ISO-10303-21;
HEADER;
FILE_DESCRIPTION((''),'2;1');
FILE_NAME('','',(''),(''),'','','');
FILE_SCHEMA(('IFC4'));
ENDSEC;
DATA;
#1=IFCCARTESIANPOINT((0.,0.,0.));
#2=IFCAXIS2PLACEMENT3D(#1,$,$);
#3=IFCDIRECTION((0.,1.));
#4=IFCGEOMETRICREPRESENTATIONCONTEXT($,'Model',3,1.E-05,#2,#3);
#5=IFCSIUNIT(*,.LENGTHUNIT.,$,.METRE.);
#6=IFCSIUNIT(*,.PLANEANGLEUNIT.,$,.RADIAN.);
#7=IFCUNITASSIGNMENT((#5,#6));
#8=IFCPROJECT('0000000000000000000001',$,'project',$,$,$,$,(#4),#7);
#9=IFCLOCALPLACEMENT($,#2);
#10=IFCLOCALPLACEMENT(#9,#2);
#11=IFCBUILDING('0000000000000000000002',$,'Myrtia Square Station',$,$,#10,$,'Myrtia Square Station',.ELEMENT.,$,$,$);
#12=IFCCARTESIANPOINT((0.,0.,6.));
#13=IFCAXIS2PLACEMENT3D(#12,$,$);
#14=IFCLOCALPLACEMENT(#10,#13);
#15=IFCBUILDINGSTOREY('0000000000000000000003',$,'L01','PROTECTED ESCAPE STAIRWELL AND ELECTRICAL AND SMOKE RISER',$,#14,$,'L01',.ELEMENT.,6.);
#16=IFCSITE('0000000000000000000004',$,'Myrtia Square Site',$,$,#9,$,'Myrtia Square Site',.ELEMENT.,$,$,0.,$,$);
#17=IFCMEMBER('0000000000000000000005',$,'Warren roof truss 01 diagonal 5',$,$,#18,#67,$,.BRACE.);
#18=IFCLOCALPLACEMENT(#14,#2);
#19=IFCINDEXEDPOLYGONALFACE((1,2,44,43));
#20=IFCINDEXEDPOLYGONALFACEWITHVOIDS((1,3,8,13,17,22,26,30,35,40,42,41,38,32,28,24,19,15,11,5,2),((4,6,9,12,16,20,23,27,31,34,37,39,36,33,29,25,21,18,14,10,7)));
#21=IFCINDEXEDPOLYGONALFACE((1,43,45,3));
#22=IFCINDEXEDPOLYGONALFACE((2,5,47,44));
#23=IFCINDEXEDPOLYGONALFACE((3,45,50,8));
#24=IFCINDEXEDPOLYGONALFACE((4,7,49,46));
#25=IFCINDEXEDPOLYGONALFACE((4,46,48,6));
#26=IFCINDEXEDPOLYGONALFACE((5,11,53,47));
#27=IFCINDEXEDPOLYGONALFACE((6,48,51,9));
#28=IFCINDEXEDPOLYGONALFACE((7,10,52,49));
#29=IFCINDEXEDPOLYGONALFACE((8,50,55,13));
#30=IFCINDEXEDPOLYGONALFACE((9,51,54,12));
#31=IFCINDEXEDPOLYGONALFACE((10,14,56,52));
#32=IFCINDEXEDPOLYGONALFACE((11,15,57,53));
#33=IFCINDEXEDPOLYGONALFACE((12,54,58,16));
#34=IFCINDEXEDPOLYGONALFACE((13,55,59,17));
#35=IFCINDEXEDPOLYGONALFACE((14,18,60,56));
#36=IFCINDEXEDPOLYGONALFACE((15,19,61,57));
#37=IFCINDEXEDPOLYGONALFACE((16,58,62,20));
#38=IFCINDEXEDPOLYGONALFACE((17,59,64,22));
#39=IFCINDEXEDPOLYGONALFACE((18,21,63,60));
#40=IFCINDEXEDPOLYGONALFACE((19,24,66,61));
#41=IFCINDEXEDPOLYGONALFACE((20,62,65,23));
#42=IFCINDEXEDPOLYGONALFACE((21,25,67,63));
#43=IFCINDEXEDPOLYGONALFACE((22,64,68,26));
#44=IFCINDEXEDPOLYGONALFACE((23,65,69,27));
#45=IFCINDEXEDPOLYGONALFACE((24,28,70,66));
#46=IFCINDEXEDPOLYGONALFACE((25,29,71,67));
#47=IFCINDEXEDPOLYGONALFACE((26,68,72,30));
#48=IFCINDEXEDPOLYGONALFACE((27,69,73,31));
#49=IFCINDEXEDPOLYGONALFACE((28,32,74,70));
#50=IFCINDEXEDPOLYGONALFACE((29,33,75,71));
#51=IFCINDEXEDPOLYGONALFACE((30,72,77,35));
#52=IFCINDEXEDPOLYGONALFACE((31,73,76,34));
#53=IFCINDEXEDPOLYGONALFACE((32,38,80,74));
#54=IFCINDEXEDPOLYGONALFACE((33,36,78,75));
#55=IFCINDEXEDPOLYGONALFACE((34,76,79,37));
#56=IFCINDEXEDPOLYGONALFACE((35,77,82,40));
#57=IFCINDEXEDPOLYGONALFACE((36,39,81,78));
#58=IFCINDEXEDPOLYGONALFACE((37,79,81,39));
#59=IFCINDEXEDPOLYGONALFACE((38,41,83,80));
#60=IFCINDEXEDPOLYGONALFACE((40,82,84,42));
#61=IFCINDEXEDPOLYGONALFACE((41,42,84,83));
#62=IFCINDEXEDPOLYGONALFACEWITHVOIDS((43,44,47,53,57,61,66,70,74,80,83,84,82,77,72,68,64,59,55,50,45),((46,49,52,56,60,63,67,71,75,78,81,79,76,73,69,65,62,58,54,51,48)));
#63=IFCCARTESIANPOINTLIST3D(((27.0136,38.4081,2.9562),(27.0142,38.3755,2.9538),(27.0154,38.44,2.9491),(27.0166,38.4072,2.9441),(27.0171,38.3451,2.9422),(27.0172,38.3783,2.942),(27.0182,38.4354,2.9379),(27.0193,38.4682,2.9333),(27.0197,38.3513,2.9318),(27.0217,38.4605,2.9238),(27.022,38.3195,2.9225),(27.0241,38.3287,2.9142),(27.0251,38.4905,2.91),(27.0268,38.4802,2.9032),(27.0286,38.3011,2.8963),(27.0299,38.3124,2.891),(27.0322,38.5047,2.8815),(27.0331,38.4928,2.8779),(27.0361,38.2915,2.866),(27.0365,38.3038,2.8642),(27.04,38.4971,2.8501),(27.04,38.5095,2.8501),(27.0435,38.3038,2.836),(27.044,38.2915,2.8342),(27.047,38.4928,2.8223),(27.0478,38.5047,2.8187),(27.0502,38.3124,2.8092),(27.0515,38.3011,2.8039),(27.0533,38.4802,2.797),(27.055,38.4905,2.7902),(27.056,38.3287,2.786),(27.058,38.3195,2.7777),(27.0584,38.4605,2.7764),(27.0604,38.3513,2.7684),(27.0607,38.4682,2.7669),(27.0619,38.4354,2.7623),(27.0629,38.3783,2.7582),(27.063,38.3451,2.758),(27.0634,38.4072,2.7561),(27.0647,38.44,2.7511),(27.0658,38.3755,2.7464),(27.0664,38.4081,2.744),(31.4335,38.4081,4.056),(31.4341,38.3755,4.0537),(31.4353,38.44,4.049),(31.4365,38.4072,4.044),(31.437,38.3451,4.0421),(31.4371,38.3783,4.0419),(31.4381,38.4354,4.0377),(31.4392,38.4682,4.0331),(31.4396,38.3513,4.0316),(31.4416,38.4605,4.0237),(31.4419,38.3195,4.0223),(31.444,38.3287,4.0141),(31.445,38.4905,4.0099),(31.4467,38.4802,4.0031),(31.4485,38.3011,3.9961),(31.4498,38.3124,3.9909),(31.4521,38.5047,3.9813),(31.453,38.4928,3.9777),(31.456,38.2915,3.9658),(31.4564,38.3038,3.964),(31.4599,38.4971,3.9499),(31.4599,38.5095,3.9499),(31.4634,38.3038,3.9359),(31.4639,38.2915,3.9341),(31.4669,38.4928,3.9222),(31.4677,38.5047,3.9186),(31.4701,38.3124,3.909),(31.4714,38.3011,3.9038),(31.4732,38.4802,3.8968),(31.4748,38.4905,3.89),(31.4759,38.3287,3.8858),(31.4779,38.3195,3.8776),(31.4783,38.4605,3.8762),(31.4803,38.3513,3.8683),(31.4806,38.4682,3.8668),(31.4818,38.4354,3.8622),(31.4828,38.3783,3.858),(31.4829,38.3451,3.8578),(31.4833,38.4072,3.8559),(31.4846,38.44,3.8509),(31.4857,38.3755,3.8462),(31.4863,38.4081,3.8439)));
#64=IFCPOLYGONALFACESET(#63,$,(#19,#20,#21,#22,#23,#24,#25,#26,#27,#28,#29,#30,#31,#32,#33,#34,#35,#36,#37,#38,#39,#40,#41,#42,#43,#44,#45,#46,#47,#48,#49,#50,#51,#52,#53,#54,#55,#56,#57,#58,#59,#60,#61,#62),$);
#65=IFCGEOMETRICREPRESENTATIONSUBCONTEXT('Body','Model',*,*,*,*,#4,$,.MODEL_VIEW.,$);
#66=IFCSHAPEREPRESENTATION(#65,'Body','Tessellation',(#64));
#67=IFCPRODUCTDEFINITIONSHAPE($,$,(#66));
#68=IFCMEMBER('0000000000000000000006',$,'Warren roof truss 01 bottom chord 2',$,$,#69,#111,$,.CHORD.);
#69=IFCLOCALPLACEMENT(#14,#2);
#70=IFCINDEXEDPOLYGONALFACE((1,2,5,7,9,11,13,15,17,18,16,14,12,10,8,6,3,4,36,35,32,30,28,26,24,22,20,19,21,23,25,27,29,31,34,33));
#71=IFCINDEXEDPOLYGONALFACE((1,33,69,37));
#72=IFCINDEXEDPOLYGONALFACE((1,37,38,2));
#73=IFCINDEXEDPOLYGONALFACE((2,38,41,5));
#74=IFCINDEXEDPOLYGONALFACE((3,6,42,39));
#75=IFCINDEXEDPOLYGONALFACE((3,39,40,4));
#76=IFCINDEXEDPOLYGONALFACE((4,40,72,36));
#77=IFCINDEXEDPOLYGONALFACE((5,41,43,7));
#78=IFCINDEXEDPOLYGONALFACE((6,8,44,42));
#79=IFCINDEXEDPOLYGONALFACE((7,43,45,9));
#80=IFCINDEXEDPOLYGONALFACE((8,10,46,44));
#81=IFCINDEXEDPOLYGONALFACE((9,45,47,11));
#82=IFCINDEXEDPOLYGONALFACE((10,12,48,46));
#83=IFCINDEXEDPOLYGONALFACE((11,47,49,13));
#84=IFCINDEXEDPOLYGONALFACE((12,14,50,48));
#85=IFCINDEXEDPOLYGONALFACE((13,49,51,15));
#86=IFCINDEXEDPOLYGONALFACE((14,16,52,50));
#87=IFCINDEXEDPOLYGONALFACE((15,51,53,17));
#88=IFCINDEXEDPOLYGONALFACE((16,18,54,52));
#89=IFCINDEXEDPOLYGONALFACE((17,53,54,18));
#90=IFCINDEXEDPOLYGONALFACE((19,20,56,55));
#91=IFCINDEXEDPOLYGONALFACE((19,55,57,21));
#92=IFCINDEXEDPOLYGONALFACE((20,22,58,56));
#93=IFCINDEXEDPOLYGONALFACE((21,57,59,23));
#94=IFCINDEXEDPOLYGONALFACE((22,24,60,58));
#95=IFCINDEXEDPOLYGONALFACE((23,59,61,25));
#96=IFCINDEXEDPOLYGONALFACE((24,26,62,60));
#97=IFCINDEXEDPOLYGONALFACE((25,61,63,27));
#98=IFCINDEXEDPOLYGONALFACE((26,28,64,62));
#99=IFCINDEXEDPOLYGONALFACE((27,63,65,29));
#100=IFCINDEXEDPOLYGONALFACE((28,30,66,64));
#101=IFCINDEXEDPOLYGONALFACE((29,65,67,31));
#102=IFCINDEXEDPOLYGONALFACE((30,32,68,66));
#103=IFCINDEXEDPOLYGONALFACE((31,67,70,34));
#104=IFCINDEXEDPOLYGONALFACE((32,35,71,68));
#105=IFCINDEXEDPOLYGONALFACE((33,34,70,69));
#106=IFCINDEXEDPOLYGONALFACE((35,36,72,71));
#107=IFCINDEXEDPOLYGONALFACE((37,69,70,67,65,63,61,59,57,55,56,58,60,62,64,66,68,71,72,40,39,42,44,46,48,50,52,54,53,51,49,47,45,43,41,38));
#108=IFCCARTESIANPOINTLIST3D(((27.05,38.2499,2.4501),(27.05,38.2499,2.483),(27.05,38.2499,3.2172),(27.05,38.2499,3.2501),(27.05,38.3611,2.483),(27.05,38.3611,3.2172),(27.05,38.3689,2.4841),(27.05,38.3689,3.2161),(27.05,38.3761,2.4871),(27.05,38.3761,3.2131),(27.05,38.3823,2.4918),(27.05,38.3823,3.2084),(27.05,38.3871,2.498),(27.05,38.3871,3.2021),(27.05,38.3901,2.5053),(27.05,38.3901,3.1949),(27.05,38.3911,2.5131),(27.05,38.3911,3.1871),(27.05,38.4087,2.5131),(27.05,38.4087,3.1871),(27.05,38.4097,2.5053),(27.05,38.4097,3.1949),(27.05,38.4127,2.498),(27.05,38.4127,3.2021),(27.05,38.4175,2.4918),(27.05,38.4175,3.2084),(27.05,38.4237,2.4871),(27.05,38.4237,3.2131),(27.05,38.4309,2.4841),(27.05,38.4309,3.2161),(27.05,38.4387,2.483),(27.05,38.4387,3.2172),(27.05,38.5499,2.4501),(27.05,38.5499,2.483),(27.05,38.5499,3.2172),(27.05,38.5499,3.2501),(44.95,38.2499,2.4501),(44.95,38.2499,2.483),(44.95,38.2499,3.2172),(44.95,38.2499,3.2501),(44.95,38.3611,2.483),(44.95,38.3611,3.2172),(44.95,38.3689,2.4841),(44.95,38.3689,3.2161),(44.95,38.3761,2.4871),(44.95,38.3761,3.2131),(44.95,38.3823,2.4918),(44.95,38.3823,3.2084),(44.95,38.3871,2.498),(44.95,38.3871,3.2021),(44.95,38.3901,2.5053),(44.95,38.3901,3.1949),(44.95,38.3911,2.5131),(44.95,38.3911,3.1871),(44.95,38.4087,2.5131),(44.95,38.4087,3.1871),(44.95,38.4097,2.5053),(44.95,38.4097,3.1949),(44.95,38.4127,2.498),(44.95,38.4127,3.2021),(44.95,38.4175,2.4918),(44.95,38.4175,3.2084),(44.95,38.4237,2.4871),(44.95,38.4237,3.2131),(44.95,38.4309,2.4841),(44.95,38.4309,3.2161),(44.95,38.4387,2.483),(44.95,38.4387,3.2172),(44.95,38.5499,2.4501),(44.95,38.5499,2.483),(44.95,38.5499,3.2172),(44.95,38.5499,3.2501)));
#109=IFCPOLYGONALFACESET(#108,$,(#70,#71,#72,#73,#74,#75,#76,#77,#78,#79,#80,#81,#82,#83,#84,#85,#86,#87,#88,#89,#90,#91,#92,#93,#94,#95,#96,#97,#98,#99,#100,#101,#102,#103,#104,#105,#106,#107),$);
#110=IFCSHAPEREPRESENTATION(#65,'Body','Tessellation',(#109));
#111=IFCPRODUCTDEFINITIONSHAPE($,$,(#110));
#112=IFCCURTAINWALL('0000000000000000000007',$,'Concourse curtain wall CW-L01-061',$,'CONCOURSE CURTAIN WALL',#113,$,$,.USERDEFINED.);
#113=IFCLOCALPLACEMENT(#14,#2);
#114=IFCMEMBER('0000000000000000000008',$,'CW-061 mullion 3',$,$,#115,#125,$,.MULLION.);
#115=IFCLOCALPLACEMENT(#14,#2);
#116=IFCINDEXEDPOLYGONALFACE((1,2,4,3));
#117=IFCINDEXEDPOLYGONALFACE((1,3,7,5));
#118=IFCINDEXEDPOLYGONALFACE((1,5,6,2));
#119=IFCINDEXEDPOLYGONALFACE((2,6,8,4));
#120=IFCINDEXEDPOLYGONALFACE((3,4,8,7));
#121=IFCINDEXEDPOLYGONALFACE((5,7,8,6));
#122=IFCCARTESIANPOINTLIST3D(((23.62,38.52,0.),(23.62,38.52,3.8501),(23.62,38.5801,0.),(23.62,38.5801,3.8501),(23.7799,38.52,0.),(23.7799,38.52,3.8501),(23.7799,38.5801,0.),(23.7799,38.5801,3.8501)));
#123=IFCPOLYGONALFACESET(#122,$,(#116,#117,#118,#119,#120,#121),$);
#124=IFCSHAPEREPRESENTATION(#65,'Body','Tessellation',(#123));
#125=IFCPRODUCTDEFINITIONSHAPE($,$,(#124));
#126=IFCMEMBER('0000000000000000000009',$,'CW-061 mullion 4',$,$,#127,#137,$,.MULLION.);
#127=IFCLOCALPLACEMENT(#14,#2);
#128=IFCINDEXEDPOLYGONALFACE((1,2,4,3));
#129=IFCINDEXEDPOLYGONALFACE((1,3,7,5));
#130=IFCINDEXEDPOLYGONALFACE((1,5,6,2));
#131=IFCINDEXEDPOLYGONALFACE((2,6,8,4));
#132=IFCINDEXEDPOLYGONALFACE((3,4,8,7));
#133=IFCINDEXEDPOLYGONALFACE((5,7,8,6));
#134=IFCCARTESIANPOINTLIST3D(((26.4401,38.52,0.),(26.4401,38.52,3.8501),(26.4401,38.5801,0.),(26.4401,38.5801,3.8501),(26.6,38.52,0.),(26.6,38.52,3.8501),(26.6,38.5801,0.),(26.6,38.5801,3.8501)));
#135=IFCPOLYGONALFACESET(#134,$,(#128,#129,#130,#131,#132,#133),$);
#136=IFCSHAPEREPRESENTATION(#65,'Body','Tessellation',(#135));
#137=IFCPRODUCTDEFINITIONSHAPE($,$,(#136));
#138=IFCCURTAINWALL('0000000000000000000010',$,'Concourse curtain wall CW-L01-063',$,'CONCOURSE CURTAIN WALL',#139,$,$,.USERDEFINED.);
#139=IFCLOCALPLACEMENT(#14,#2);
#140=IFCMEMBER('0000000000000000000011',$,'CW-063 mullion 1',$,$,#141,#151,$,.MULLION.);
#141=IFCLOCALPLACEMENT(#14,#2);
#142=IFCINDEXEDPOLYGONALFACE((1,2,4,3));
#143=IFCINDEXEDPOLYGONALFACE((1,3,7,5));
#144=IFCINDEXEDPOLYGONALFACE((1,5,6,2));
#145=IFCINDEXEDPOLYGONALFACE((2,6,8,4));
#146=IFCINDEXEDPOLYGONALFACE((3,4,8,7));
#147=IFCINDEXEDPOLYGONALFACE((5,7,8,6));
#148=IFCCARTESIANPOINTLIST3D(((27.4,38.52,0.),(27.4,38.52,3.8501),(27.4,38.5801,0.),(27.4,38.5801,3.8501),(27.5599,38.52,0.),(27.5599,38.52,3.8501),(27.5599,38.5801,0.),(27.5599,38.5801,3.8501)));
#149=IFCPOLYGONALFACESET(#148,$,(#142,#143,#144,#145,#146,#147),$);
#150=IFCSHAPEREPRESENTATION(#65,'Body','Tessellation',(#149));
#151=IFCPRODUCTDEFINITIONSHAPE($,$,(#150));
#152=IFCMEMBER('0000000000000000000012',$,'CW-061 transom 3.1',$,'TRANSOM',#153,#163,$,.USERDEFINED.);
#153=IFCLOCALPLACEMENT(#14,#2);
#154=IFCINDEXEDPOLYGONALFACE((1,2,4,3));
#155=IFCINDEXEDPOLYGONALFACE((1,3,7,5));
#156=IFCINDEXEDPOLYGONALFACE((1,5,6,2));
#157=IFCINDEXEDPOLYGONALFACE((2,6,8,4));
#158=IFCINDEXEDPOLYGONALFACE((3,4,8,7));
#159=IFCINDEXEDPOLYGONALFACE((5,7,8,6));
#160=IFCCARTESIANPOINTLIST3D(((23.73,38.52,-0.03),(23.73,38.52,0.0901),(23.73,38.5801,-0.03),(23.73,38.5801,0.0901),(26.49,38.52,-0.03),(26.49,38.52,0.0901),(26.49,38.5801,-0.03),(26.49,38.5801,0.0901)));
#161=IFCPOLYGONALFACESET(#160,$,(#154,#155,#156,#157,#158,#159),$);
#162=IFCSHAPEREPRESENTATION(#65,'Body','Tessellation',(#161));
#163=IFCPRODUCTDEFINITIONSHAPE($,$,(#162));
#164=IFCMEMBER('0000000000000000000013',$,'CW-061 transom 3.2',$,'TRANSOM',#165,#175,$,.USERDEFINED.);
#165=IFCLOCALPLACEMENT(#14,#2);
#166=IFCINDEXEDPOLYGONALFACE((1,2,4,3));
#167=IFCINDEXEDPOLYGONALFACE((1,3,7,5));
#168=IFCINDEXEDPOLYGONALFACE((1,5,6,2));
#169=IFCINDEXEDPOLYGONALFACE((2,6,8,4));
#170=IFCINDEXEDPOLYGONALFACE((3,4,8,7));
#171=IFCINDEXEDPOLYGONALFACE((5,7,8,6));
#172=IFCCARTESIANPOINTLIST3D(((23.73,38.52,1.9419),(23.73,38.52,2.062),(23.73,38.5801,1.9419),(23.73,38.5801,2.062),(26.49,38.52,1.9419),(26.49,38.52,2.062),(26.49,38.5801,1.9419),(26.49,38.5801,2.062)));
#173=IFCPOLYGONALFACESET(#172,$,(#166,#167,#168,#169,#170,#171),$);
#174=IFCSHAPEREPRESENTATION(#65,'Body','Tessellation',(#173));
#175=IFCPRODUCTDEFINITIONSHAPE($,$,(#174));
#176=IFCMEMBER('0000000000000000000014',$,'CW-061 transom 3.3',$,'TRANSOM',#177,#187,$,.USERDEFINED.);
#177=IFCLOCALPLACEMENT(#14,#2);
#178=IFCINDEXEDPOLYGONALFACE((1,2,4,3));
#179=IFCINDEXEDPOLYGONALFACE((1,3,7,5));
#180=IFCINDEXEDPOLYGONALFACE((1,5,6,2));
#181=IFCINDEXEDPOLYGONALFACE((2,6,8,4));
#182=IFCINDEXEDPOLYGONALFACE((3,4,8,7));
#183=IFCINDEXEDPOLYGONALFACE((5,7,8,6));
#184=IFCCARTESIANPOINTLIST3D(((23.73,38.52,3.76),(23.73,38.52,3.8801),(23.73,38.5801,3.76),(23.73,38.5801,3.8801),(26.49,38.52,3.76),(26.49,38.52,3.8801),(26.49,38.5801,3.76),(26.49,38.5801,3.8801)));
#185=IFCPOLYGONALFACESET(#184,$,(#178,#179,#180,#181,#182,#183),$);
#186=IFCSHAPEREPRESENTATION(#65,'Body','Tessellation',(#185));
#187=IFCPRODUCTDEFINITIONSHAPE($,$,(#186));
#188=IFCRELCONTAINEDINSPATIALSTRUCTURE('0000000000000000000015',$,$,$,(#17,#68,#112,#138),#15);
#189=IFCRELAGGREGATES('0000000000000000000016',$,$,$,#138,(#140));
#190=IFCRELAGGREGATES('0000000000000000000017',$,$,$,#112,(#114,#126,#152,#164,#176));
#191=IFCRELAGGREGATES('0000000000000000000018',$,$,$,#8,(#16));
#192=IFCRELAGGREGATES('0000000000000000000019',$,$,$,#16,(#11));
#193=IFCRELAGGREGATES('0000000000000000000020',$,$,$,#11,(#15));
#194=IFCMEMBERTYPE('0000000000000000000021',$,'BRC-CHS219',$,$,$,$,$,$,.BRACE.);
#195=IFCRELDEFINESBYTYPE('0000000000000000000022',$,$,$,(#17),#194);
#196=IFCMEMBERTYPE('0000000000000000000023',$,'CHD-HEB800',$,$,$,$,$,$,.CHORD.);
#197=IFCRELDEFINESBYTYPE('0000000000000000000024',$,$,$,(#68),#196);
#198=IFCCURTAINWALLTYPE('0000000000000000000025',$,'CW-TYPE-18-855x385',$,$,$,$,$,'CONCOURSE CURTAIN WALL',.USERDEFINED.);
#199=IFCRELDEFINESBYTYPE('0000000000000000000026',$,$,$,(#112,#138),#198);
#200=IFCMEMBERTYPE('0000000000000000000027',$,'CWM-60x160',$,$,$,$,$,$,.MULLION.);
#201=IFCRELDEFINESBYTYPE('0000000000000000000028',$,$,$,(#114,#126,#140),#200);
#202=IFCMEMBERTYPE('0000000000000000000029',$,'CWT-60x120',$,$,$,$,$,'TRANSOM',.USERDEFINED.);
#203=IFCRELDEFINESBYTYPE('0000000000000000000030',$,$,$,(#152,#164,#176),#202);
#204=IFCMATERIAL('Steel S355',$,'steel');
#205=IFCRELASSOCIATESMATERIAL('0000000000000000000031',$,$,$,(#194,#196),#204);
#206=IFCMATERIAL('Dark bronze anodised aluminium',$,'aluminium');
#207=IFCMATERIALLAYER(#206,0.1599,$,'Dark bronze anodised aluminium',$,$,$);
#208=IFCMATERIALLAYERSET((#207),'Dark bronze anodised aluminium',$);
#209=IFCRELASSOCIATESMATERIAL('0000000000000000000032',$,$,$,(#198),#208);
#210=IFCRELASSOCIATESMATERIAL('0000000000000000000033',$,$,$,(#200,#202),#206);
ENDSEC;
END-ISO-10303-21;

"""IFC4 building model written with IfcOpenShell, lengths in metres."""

from ifc_helpers import new_model, si_unit, direction, frame, origin, origin_2d, place, context, subcontext, project, spatial, rectangle, hollow_circle, i_section, extrude, material, layer, layer_set, material_profile, profile_set, type_object, element, aggregate, save


model = new_model("IFC4")

# Units and contexts
model_context = context("Model", 3, precision=1e-05, world=origin(), true_north=direction((0.0, 1.0)))
body_context = subcontext(model_context, "Body", "Model", "MODEL_VIEW")
ifc_project = project(units=[si_unit("LENGTHUNIT", "METRE"), si_unit("PLANEANGLEUNIT", "RADIAN")], contexts=[model_context])

# Site, building, storey
site_placement = place(None, origin())
site = spatial("IfcSite", under=ifc_project, at=site_placement, Name="Myrtia Square Site", LongName="Myrtia Square Site", CompositionType="ELEMENT", RefElevation=0.0)
building_placement = place(site_placement, origin())
building = spatial("IfcBuilding", under=site, at=building_placement, Name="Myrtia Square Station", LongName="Myrtia Square Station", CompositionType="ELEMENT")
storey_placement = place(building_placement, frame((0.0, 0.0, 6.0)))
storey = spatial("IfcBuildingStorey", under=building, at=storey_placement, Name="L01", Description="PROTECTED ESCAPE STAIRWELL AND ELECTRICAL AND SMOKE RISER", LongName="L01", CompositionType="ELEMENT", Elevation=6.0)

# Shared definitions
ifc_material_1 = material(Name="Steel S355", Category="steel")

# Members
ifc_material_profile_1 = material_profile(ifc_material_1, hollow_circle(Radius=0.1096, WallThickness=0.0125, at=origin_2d()), Name="CHS 219.1x12.5")
ifc_profile_set_1 = profile_set([ifc_material_profile_1], Name="Steel S355")
member_type_1 = type_object("IfcMemberType", Name="BRC-CHS219", PredefinedType="BRACE", material=ifc_profile_set_1)
for number, where, z_axis, x_axis, name in (
    (1, (27.04, 38.3999, 2.8501), (0.970407, 0.0, 0.241476), (0.0, 1.0, 0.0), "Warren roof truss 01 diagonal 5"),
):
    element("IfcMember", number, at=place(storey_placement, frame(where, z_axis=z_axis, x_axis=x_axis)), inside=storey, type_object=member_type_1, Name=name, PredefinedType="BRACE", context=body_context, shape_type="SweptSolid", body=[
        extrude(hollow_circle(Radius=0.1096, WallThickness=0.0125, at=origin_2d()), origin(), (0.0, 0.0, 1.0), 4.5547),
    ])
ifc_material_profile_2 = material_profile(ifc_material_1, i_section(OverallWidth=0.3, OverallDepth=0.8, WebThickness=0.0176, FlangeThickness=0.033, FilletRadius=0.03, at=origin_2d()), Name="HEB 800")
ifc_profile_set_2 = profile_set([ifc_material_profile_2], Name="Steel S355")
member_type_2 = type_object("IfcMemberType", Name="CHD-HEB800", PredefinedType="CHORD", material=ifc_profile_set_2)
member_1_placement = place(storey_placement, frame((27.05, 38.3999, 2.8501), z_axis=(1.0, 0.0, 0.0), x_axis=(0.0, 1.0, 0.0)))
element("IfcMember", 2, at=member_1_placement, inside=storey, type_object=member_type_2, Name="Warren roof truss 01 bottom chord 2", PredefinedType="CHORD", context=body_context, shape_type="SweptSolid", body=[
    extrude(i_section(OverallWidth=0.3, OverallDepth=0.8, WebThickness=0.0176, FlangeThickness=0.033, FilletRadius=0.03, at=origin_2d()), origin(), (0.0, 0.0, 1.0), 17.8999),
])

# Curtain wall, members
ifc_material_2 = material(Name="Dark bronze anodised aluminium", Category="aluminium")
ifc_layer_1 = layer(ifc_material_2, 0.1599, Name="Dark bronze anodised aluminium")
ifc_layer_set_1 = layer_set([ifc_layer_1], Name="Dark bronze anodised aluminium")
curtain_wall_type = type_object("IfcCurtainWallType", Name="CW-TYPE-18-855x385", ElementType="CONCOURSE CURTAIN WALL", PredefinedType="USERDEFINED", material=ifc_layer_set_1)
curtain_wall_1_placement = place(storey_placement, origin())
curtain_wall_1 = element("IfcCurtainWall", 3, at=curtain_wall_1_placement, inside=storey, type_object=curtain_wall_type, Name="Concourse curtain wall CW-L01-061", ObjectType="CONCOURSE CURTAIN WALL", PredefinedType="USERDEFINED")
ifc_material_profile_3 = material_profile(ifc_material_2, rectangle(XDim=0.0601, YDim=0.1599, at=origin_2d()), Name="ALU-M 60x160")
ifc_profile_set_3 = profile_set([ifc_material_profile_3], Name="Dark bronze anodised aluminium")
member_type_3 = type_object("IfcMemberType", Name="CWM-60x160", PredefinedType="MULLION", material=ifc_profile_set_3)
member_2_placement = place(storey_placement, frame((23.7, 38.55, 0.0), z_axis=(0.0, 0.0, 1.0), x_axis=(0.0, 1.0, 0.0)))
member_2 = element("IfcMember", 4, at=member_2_placement, type_object=member_type_3, Name="CW-061 mullion 3", PredefinedType="MULLION", context=body_context, shape_type="SweptSolid", body=[
    extrude(rectangle(XDim=0.0601, YDim=0.1599, at=origin_2d()), origin(), (0.0, 0.0, 1.0), 3.8501),
])
member_3_placement = place(storey_placement, frame((26.52, 38.55, 0.0), z_axis=(0.0, 0.0, 1.0), x_axis=(0.0, 1.0, 0.0)))
member_3 = element("IfcMember", 5, at=member_3_placement, type_object=member_type_3, Name="CW-061 mullion 4", PredefinedType="MULLION", context=body_context, shape_type="SweptSolid", body=[
    extrude(rectangle(XDim=0.0601, YDim=0.1599, at=origin_2d()), origin(), (0.0, 0.0, 1.0), 3.8501),
])

# Curtain wall, member
curtain_wall_2_placement = place(storey_placement, origin())
curtain_wall_2 = element("IfcCurtainWall", 6, at=curtain_wall_2_placement, inside=storey, type_object=curtain_wall_type, Name="Concourse curtain wall CW-L01-063", ObjectType="CONCOURSE CURTAIN WALL", PredefinedType="USERDEFINED")
member_4_placement = place(storey_placement, frame((27.48, 38.55, 0.0), z_axis=(0.0, 0.0, 1.0), x_axis=(0.0, 1.0, 0.0)))
member_4 = element("IfcMember", 7, at=member_4_placement, type_object=member_type_3, Name="CW-063 mullion 1", PredefinedType="MULLION", context=body_context, shape_type="SweptSolid", body=[
    extrude(rectangle(XDim=0.0601, YDim=0.1599, at=origin_2d()), origin(), (0.0, 0.0, 1.0), 3.8501),
])

# Members
ifc_material_profile_4 = material_profile(ifc_material_2, rectangle(XDim=0.0601, YDim=0.1201, at=origin_2d()), Name="ALU-T 60x120")
ifc_profile_set_4 = profile_set([ifc_material_profile_4], Name="Dark bronze anodised aluminium")
member_type_4 = type_object("IfcMemberType", Name="CWT-60x120", ElementType="TRANSOM", PredefinedType="USERDEFINED", material=ifc_profile_set_4)
member_5_placement = place(storey_placement, frame((23.73, 38.55, 0.03), z_axis=(1.0, 0.0, 0.0), x_axis=(0.0, 1.0, 0.0)))
member_5 = element("IfcMember", 8, at=member_5_placement, type_object=member_type_4, Name="CW-061 transom 3.1", ObjectType="TRANSOM", PredefinedType="USERDEFINED", context=body_context, shape_type="SweptSolid", body=[
    extrude(rectangle(XDim=0.0601, YDim=0.1201, at=origin_2d()), origin(), (0.0, 0.0, 1.0), 2.76),
])
member_6_placement = place(storey_placement, frame((23.73, 38.55, 2.002), z_axis=(1.0, 0.0, 0.0), x_axis=(0.0, 1.0, 0.0)))
member_6 = element("IfcMember", 9, at=member_6_placement, type_object=member_type_4, Name="CW-061 transom 3.2", ObjectType="TRANSOM", PredefinedType="USERDEFINED", context=body_context, shape_type="SweptSolid", body=[
    extrude(rectangle(XDim=0.0601, YDim=0.1201, at=origin_2d()), origin(), (0.0, 0.0, 1.0), 2.76),
])
member_7_placement = place(storey_placement, frame((23.73, 38.55, 3.8201), z_axis=(1.0, 0.0, 0.0), x_axis=(0.0, 1.0, 0.0)))
member_7 = element("IfcMember", 10, at=member_7_placement, type_object=member_type_4, Name="CW-061 transom 3.3", ObjectType="TRANSOM", PredefinedType="USERDEFINED", context=body_context, shape_type="SweptSolid", body=[
    extrude(rectangle(XDim=0.0601, YDim=0.1201, at=origin_2d()), origin(), (0.0, 0.0, 1.0), 2.76),
])
aggregate(curtain_wall_2, [member_4])

aggregate(curtain_wall_1, [member_2, member_3, member_5, member_6, member_7])

save(model, "model.ifc")
